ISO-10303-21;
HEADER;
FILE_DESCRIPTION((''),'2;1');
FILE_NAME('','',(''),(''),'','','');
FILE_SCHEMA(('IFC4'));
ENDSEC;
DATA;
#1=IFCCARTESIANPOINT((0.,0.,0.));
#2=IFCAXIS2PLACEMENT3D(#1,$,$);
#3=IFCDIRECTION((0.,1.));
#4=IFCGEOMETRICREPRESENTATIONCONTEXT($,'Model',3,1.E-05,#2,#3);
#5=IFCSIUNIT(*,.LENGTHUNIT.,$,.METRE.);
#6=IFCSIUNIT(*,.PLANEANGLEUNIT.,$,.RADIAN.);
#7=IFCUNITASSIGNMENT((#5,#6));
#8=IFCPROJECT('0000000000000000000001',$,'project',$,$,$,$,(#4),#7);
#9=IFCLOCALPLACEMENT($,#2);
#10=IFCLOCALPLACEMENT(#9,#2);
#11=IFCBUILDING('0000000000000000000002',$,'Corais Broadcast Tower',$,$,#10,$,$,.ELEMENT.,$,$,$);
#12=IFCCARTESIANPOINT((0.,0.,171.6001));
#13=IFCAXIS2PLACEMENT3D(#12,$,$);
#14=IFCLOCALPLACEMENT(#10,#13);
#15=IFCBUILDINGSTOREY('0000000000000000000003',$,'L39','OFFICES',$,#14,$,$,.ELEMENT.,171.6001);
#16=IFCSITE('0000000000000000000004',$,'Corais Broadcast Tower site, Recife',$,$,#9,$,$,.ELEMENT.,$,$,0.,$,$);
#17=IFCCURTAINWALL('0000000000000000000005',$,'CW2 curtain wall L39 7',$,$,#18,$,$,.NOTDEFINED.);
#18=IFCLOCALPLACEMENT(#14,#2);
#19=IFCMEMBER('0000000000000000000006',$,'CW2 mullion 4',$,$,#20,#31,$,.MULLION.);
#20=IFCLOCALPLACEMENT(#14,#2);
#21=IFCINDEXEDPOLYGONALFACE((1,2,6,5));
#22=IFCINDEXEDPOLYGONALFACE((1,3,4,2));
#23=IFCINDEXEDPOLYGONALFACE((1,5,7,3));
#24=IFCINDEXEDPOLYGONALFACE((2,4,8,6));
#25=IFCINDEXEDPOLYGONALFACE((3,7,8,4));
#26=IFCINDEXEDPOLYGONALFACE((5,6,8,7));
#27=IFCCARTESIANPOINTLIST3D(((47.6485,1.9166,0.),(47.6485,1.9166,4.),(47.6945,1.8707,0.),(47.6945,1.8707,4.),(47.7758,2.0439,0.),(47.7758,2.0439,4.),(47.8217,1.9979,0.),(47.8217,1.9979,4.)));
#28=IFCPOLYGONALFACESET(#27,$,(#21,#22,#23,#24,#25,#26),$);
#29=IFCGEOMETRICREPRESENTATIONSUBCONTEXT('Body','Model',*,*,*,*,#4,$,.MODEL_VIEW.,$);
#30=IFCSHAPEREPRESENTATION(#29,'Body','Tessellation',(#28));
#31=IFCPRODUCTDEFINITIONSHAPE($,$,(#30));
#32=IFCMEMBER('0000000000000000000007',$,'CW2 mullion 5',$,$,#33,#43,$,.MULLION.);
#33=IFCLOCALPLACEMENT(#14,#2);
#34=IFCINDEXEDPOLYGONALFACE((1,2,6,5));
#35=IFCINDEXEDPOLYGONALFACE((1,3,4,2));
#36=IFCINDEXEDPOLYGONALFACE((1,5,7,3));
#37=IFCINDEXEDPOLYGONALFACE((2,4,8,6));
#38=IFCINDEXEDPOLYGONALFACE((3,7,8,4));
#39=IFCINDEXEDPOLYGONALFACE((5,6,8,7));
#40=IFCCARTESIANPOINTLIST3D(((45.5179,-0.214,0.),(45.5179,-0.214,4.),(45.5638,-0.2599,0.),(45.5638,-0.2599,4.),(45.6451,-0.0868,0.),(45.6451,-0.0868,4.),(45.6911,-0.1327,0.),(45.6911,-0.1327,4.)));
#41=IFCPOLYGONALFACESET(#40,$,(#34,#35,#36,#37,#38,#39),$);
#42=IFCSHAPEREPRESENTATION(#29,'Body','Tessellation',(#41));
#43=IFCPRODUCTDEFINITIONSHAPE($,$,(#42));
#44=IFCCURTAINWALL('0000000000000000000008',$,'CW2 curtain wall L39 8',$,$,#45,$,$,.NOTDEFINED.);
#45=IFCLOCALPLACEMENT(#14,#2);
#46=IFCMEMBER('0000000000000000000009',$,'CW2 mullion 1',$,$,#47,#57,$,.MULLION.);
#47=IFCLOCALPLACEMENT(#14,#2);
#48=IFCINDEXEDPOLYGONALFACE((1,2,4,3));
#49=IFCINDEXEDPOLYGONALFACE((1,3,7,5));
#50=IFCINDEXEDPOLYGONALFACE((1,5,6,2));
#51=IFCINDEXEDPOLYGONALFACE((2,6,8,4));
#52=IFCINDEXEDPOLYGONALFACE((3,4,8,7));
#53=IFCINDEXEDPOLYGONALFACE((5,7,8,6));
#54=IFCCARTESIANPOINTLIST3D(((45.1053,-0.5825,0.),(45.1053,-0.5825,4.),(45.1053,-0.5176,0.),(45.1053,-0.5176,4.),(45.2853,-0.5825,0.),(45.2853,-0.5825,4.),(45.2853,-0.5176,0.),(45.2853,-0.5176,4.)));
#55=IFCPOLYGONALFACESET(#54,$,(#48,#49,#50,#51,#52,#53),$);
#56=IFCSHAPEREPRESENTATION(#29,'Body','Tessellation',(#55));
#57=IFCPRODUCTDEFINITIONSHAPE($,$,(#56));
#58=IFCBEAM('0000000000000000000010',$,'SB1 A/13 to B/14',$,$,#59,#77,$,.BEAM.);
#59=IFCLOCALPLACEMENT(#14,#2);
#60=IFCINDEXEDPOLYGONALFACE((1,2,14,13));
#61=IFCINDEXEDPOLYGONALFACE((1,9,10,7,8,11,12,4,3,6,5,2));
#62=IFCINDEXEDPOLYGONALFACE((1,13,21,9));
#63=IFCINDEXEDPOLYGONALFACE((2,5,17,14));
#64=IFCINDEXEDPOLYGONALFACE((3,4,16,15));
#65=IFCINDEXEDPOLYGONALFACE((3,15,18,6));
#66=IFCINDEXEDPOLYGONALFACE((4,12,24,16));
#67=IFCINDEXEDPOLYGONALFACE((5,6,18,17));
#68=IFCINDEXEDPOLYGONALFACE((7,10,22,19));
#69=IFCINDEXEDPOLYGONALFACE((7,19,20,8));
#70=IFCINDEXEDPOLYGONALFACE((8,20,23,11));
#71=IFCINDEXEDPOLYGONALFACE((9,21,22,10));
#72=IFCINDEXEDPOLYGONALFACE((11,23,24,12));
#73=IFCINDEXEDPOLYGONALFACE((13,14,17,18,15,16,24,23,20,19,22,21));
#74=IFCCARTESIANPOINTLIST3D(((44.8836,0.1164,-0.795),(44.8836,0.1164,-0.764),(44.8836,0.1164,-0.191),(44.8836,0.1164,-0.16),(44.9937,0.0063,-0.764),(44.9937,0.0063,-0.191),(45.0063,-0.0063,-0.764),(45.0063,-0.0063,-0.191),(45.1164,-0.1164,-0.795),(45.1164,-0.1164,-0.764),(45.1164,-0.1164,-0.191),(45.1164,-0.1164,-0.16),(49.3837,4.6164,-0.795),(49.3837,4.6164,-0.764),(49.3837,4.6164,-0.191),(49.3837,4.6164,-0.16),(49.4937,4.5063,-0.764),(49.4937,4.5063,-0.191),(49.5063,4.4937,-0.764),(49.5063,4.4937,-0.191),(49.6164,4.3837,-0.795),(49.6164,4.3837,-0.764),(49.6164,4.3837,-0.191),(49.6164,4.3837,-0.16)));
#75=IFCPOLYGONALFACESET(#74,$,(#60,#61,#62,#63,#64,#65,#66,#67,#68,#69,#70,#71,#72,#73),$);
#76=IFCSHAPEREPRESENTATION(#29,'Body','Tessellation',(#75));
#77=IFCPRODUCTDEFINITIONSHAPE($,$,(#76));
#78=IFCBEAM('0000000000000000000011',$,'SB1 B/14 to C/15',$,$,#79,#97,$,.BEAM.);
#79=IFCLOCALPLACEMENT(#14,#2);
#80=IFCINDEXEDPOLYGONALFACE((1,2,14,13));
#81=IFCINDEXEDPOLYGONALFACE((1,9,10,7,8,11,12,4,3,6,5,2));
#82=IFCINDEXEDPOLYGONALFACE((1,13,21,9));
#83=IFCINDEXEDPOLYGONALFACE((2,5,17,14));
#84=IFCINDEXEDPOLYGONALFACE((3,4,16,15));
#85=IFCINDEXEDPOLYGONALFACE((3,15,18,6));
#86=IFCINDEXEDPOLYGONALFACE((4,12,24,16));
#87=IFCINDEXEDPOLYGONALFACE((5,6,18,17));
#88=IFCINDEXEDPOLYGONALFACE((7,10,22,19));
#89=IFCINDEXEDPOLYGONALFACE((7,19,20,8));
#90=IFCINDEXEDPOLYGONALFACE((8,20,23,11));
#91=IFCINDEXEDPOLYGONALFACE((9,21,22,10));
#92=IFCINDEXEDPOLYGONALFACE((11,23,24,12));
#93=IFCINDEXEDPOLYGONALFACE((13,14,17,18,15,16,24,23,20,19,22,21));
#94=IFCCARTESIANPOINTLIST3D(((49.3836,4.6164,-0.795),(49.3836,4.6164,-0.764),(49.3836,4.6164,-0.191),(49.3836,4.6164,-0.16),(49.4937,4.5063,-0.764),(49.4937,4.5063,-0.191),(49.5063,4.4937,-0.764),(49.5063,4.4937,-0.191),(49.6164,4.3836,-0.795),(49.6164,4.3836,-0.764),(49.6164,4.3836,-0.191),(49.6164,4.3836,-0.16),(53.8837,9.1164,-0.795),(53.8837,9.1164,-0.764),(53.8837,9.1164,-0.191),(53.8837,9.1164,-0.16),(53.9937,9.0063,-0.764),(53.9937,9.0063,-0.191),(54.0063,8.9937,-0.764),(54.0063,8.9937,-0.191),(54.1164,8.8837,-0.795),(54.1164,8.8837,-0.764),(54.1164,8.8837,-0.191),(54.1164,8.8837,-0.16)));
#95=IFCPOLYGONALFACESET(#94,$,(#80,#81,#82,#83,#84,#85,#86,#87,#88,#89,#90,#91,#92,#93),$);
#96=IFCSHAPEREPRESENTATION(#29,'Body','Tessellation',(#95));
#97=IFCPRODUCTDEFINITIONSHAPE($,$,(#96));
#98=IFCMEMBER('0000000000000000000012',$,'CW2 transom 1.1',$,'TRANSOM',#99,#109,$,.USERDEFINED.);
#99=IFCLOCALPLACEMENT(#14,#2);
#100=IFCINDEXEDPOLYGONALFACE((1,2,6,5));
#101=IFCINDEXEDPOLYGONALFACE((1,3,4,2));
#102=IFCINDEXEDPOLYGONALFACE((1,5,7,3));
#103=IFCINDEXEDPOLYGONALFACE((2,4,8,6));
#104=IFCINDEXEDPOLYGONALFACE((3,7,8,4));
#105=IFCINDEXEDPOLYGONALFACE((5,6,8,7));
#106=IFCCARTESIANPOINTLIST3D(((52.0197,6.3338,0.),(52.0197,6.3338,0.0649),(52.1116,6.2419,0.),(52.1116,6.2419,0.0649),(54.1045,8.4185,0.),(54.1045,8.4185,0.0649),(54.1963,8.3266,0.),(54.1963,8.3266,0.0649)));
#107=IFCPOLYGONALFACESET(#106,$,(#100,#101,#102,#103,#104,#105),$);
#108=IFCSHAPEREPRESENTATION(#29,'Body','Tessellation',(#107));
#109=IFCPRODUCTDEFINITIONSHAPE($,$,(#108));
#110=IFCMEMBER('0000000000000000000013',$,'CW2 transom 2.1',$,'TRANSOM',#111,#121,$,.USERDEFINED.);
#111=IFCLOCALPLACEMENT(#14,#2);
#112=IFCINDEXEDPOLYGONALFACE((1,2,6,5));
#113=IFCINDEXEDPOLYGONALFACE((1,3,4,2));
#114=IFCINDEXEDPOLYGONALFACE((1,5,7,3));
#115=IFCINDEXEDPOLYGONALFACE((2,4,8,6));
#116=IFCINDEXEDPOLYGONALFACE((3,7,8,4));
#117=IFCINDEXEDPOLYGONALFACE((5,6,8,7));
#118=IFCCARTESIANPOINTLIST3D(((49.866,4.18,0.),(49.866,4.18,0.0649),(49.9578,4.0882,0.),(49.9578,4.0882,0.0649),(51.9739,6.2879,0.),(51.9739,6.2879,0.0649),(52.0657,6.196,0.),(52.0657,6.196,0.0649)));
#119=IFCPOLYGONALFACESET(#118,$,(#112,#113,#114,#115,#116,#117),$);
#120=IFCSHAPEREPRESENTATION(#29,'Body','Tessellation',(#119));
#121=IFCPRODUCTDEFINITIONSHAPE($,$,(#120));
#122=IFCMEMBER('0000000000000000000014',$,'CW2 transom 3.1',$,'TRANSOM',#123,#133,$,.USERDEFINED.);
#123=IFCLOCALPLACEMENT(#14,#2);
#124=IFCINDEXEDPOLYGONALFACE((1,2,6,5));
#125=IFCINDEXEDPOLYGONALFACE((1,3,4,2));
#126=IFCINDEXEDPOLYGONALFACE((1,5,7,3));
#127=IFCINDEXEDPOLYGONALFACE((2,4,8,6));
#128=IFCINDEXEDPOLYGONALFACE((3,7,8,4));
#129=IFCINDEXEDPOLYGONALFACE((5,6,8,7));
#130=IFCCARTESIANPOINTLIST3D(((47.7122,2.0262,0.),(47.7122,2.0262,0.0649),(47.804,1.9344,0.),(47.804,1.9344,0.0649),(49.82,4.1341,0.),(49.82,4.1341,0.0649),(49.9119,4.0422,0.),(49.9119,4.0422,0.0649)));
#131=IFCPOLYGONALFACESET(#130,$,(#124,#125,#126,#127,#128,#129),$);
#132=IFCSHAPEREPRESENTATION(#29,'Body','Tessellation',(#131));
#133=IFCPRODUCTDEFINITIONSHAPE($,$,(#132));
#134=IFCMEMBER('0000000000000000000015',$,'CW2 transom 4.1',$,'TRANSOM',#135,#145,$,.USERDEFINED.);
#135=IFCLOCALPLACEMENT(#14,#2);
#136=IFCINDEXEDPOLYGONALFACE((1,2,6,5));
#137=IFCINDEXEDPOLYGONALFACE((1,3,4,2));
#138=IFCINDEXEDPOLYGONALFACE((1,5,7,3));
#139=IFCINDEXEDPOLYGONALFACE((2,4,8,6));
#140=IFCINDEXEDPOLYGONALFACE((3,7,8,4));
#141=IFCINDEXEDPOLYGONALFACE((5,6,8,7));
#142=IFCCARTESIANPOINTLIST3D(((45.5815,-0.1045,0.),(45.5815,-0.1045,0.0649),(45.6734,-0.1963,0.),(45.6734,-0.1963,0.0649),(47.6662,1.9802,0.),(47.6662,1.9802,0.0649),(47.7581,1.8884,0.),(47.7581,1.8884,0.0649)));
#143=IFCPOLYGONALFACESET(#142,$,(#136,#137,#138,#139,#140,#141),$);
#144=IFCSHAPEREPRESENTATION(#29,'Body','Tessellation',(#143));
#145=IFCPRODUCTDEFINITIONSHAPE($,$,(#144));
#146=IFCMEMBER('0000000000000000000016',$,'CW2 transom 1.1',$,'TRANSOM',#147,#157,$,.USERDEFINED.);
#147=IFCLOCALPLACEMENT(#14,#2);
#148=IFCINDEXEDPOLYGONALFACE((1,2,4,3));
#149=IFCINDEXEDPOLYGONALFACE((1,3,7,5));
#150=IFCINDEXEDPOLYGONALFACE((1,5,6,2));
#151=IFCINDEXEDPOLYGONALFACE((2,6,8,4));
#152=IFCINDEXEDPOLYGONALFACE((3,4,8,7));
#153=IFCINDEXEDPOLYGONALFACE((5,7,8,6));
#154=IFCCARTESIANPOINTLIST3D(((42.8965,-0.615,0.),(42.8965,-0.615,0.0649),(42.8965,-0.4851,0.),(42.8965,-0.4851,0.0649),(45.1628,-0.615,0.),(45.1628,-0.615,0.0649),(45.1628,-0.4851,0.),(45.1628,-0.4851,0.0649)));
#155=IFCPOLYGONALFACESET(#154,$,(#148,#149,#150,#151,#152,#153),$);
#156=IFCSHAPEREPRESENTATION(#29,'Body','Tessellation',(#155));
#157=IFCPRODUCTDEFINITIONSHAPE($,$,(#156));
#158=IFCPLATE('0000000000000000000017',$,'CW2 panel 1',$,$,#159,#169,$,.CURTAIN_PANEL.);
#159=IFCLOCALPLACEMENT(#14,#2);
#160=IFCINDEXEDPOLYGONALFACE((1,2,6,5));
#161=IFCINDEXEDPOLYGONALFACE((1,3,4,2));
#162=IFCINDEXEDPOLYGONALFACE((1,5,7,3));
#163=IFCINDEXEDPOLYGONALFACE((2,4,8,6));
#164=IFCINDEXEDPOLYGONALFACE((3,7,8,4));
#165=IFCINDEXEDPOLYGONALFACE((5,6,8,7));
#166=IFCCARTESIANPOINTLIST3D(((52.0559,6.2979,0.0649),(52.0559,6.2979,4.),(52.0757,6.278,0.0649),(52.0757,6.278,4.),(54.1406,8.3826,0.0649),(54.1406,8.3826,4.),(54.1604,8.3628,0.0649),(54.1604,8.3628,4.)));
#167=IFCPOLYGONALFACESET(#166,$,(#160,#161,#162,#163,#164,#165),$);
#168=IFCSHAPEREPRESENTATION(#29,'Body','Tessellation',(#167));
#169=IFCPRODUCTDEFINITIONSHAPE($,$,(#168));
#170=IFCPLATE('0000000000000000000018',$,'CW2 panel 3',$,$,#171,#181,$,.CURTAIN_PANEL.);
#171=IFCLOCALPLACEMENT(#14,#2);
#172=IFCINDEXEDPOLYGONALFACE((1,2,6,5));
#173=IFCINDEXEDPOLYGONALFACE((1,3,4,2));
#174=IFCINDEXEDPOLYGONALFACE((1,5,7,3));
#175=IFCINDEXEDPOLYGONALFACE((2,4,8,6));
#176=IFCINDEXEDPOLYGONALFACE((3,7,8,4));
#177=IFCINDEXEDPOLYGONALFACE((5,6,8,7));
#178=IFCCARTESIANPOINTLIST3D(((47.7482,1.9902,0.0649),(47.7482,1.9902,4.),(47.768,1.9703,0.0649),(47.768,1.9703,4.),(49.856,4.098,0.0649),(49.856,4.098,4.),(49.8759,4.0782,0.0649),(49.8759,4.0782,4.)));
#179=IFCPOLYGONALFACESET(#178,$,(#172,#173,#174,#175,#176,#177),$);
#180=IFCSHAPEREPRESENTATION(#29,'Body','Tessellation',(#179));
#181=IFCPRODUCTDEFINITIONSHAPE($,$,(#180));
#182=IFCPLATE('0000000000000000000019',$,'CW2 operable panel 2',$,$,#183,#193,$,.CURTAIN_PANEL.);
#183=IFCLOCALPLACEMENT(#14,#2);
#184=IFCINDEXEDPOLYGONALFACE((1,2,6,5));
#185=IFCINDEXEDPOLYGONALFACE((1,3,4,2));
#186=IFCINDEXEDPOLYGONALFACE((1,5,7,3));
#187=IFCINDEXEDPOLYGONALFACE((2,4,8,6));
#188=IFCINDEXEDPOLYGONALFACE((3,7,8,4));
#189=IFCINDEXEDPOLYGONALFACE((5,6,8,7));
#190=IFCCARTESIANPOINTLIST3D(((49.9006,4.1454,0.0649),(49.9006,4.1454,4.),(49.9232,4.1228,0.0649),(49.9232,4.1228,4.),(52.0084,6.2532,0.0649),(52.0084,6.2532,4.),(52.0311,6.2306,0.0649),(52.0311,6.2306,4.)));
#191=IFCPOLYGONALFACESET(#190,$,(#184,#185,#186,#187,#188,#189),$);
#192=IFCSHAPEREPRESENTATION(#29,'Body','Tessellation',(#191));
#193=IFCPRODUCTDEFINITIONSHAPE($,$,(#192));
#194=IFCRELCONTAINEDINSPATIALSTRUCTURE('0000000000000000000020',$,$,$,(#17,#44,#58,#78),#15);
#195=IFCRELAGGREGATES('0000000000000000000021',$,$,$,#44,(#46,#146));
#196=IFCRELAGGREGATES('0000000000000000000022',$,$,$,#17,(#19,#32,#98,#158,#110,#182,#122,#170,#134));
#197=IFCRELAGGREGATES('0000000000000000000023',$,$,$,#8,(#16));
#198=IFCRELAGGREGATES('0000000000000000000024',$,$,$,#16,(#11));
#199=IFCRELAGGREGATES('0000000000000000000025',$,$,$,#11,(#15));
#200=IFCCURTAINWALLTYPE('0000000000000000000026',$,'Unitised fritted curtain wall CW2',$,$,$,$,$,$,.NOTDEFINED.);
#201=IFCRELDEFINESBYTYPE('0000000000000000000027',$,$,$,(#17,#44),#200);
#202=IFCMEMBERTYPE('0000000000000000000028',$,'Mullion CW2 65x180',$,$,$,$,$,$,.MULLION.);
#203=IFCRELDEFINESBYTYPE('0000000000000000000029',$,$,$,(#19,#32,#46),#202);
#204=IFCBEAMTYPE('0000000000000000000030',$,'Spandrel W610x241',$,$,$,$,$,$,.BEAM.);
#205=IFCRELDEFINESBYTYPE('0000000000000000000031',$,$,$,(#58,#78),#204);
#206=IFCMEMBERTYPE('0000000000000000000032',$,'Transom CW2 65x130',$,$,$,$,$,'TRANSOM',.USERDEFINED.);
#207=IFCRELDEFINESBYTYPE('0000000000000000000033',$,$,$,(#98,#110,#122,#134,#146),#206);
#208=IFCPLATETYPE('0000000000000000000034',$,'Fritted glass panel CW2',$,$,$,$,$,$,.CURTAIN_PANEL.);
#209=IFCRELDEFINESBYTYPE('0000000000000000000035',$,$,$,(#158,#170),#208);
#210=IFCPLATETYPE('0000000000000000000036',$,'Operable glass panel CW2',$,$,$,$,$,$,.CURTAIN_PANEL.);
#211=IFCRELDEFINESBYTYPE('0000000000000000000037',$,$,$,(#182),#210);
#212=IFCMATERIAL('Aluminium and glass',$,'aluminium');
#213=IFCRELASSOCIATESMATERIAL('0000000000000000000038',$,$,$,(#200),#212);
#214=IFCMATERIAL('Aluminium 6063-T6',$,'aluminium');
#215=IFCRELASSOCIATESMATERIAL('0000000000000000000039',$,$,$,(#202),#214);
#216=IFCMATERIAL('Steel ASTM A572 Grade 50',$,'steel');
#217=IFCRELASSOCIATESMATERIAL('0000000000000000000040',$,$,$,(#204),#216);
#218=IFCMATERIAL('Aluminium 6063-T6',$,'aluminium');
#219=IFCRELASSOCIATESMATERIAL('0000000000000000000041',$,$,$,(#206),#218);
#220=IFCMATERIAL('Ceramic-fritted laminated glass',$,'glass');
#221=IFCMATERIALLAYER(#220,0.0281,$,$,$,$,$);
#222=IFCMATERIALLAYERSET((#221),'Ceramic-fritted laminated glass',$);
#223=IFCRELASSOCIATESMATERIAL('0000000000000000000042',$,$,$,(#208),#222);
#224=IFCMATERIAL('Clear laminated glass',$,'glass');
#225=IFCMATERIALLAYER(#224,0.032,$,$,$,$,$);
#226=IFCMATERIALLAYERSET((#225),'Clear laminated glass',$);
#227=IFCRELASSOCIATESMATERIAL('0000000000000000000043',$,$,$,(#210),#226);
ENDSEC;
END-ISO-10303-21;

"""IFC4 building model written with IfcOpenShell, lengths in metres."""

from ifc_helpers import new_model, si_unit, direction, frame, origin, origin_2d, place, context, subcontext, project, spatial, rectangle, i_section, extrude, material, layer, layer_set, material_profile, profile_set, type_object, element, aggregate, save


model = new_model("IFC4")

# Units and contexts
model_context = context("Model", 3, precision=1e-05, world=origin(), true_north=direction((0.0, 1.0)))
body_context = subcontext(model_context, "Body", "Model", "MODEL_VIEW")
ifc_project = project(units=[si_unit("LENGTHUNIT", "METRE"), si_unit("PLANEANGLEUNIT", "RADIAN")], contexts=[model_context])

# Site, building, storey
site_placement = place(None, origin())
site = spatial("IfcSite", under=ifc_project, at=site_placement, Name="Corais Broadcast Tower site, Recife", CompositionType="ELEMENT", RefElevation=0.0)
building_placement = place(site_placement, origin())
building = spatial("IfcBuilding", under=site, at=building_placement, Name="Corais Broadcast Tower", CompositionType="ELEMENT")
storey_placement = place(building_placement, frame((0.0, 0.0, 171.6001)))
storey = spatial("IfcBuildingStorey", under=building, at=storey_placement, Name="L39", Description="OFFICES", CompositionType="ELEMENT", Elevation=171.6001)

# Shared definitions
ifc_material_1 = material(Name="Aluminium and glass", Category="aluminium")
curtain_wall_type = type_object("IfcCurtainWallType", Name="Unitised fritted curtain wall CW2", PredefinedType="NOTDEFINED", material=ifc_material_1)
ifc_material_2 = material(Name="Aluminium 6063-T6", Category="aluminium")
ifc_material_profile_1 = material_profile(ifc_material_2, rectangle(XDim=0.0649, YDim=0.1799, at=origin_2d()), Name="Mullion CW2 65x180")
ifc_profile_set_1 = profile_set([ifc_material_profile_1], Name="Aluminium 6063-T6")
member_type_1 = type_object("IfcMemberType", Name="Mullion CW2 65x180", PredefinedType="MULLION", material=ifc_profile_set_1)

# Curtain wall, members
curtain_wall_1_placement = place(storey_placement, origin())
curtain_wall_1 = element("IfcCurtainWall", 1, at=curtain_wall_1_placement, inside=storey, type_object=curtain_wall_type, Name="CW2 curtain wall L39 7", PredefinedType="NOTDEFINED")
member_1_placement = place(storey_placement, frame((47.7351, 1.9573, 0.0), z_axis=(0.0, 0.0, 1.0), x_axis=(0.707107, -0.707107, 0.0)))
member_1 = element("IfcMember", 2, at=member_1_placement, type_object=member_type_1, Name="CW2 mullion 4", PredefinedType="MULLION", context=body_context, shape_type="SweptSolid", body=[
    extrude(rectangle(XDim=0.0649, YDim=0.1799, at=origin_2d()), origin(), (0.0, 0.0, 1.0), 4.0),
])
member_2_placement = place(storey_placement, frame((45.6045, -0.1733, 0.0), z_axis=(0.0, 0.0, 1.0), x_axis=(0.707107, -0.707107, 0.0)))
member_2 = element("IfcMember", 3, at=member_2_placement, type_object=member_type_1, Name="CW2 mullion 5", PredefinedType="MULLION", context=body_context, shape_type="SweptSolid", body=[
    extrude(rectangle(XDim=0.0649, YDim=0.1799, at=origin_2d()), origin(), (0.0, 0.0, 1.0), 4.0),
])

# Curtain wall, member
curtain_wall_2_placement = place(storey_placement, origin())
curtain_wall_2 = element("IfcCurtainWall", 4, at=curtain_wall_2_placement, inside=storey, type_object=curtain_wall_type, Name="CW2 curtain wall L39 8", PredefinedType="NOTDEFINED")
member_3_placement = place(storey_placement, frame((45.1953, -0.55, 0.0), z_axis=(0.0, 0.0, 1.0), x_axis=(0.0, -1.0, 0.0)))
member_3 = element("IfcMember", 5, at=member_3_placement, type_object=member_type_1, Name="CW2 mullion 1", PredefinedType="MULLION", context=body_context, shape_type="SweptSolid", body=[
    extrude(rectangle(XDim=0.0649, YDim=0.1799, at=origin_2d()), origin(), (0.0, 0.0, 1.0), 4.0),
])

# Beams
ifc_material_3 = material(Name="Steel ASTM A572 Grade 50", Category="steel")
ifc_material_profile_2 = material_profile(ifc_material_3, i_section(OverallWidth=0.3291, OverallDepth=0.635, WebThickness=0.0178, FlangeThickness=0.031, at=origin_2d()), Name="W610x241")
ifc_profile_set_2 = profile_set([ifc_material_profile_2], Name="Steel ASTM A572 Grade 50")
beam_type_1 = type_object("IfcBeamType", Name="Spandrel W610x241", PredefinedType="BEAM", material=ifc_profile_set_2)
for number, where, z_axis, x_axis, name in (
    (6, (45.0, 0.0, -0.4775), (0.707107, 0.707107, 0.0), (-0.707107, 0.707107, 0.0), "SB1 A/13 to B/14"),
    (7, (49.5, 4.5, -0.4775), (0.707107, 0.707107, 0.0), (-0.707107, 0.707107, 0.0), "SB1 B/14 to C/15"),
):
    element("IfcBeam", number, at=place(storey_placement, frame(where, z_axis=z_axis, x_axis=x_axis)), inside=storey, type_object=beam_type_1, Name=name, PredefinedType="BEAM", context=body_context, shape_type="SweptSolid", body=[
        extrude(i_section(OverallWidth=0.3291, OverallDepth=0.635, WebThickness=0.0178, FlangeThickness=0.031, at=origin_2d()), origin(), (0.0, 0.0, 1.0), 6.364),
    ])

# Members
ifc_material_4 = material(Name="Aluminium 6063-T6", Category="aluminium")
ifc_material_profile_3 = material_profile(ifc_material_4, rectangle(XDim=0.1299, YDim=0.0649, at=origin_2d()), Name="Transom CW2 65x130")
ifc_profile_set_3 = profile_set([ifc_material_profile_3], Name="Aluminium 6063-T6")
member_type_2 = type_object("IfcMemberType", Name="Transom CW2 65x130", ElementType="TRANSOM", PredefinedType="USERDEFINED", material=ifc_profile_set_3)
member_4_placement = place(storey_placement, frame((54.1504, 8.3726, 0.0325), z_axis=(-0.707107, -0.707107, 0.0), x_axis=(0.707107, -0.707107, 0.0)))
member_4 = element("IfcMember", 8, at=member_4_placement, type_object=member_type_2, Name="CW2 transom 1.1", ObjectType="TRANSOM", PredefinedType="USERDEFINED", context=body_context, shape_type="SweptSolid", body=[
    extrude(rectangle(XDim=0.1299, YDim=0.0649, at=origin_2d()), origin(), (0.0, 0.0, 1.0), 2.9482),
])
member_5_placement = place(storey_placement, frame((52.0198, 6.2419, 0.0325), z_axis=(-0.707107, -0.707107, 0.0), x_axis=(0.707107, -0.707107, 0.0)))
member_5 = element("IfcMember", 9, at=member_5_placement, type_object=member_type_2, Name="CW2 transom 2.1", ObjectType="TRANSOM", PredefinedType="USERDEFINED", context=body_context, shape_type="SweptSolid", body=[
    extrude(rectangle(XDim=0.1299, YDim=0.0649, at=origin_2d()), origin(), (0.0, 0.0, 1.0), 2.981),
])
member_6_placement = place(storey_placement, frame((49.866, 4.0881, 0.0325), z_axis=(-0.707107, -0.707107, 0.0), x_axis=(0.707107, -0.707107, 0.0)))
member_6 = element("IfcMember", 10, at=member_6_placement, type_object=member_type_2, Name="CW2 transom 3.1", ObjectType="TRANSOM", PredefinedType="USERDEFINED", context=body_context, shape_type="SweptSolid", body=[
    extrude(rectangle(XDim=0.1299, YDim=0.0649, at=origin_2d()), origin(), (0.0, 0.0, 1.0), 2.981),
])
member_7_placement = place(storey_placement, frame((47.7122, 1.9343, 0.0325), z_axis=(-0.707107, -0.707107, 0.0), x_axis=(0.707107, -0.707107, 0.0)))
member_7 = element("IfcMember", 11, at=member_7_placement, type_object=member_type_2, Name="CW2 transom 4.1", ObjectType="TRANSOM", PredefinedType="USERDEFINED", context=body_context, shape_type="SweptSolid", body=[
    extrude(rectangle(XDim=0.1299, YDim=0.0649, at=origin_2d()), origin(), (0.0, 0.0, 1.0), 2.9482),
])
member_8_placement = place(storey_placement, frame((45.1628, -0.55, 0.0325), z_axis=(-1.0, 0.0, 0.0), x_axis=(0.0, -1.0, 0.0)))
member_8 = element("IfcMember", 12, at=member_8_placement, type_object=member_type_2, Name="CW2 transom 1.1", ObjectType="TRANSOM", PredefinedType="USERDEFINED", context=body_context, shape_type="SweptSolid", body=[
    extrude(rectangle(XDim=0.1299, YDim=0.0649, at=origin_2d()), origin(), (0.0, 0.0, 1.0), 2.2664),
])
aggregate(curtain_wall_2, [member_3, member_8])

# Plates
ifc_material_5 = material(Name="Ceramic-fritted laminated glass", Category="glass")
ifc_layer_1 = layer(ifc_material_5, 0.0281)
ifc_layer_set_1 = layer_set([ifc_layer_1], Name="Ceramic-fritted laminated glass")
plate_type_1 = type_object("IfcPlateType", Name="Fritted glass panel CW2", PredefinedType="CURTAIN_PANEL", material=ifc_layer_set_1)
plate_1_placement = place(storey_placement, frame((53.1082, 7.3303, 0.0649), z_axis=(0.0, 0.0, 1.0), x_axis=(-0.707107, -0.707107, 0.0)))
plate_1 = element("IfcPlate", 13, at=plate_1_placement, type_object=plate_type_1, Name="CW2 panel 1", PredefinedType="CURTAIN_PANEL", context=body_context, shape_type="SweptSolid", body=[
    extrude(rectangle(XDim=2.9482, YDim=0.0281, at=origin_2d()), origin(), (0.0, 0.0, 1.0), 3.9351),
])
plate_2_placement = place(storey_placement, frame((48.812, 3.0342, 0.0649), z_axis=(0.0, 0.0, 1.0), x_axis=(-0.707107, -0.707107, 0.0)))
plate_2 = element("IfcPlate", 14, at=plate_2_placement, type_object=plate_type_1, Name="CW2 panel 3", PredefinedType="CURTAIN_PANEL", context=body_context, shape_type="SweptSolid", body=[
    extrude(rectangle(XDim=2.981, YDim=0.0281, at=origin_2d()), origin(), (0.0, 0.0, 1.0), 3.9351),
])
ifc_material_6 = material(Name="Clear laminated glass", Category="glass")
ifc_layer_2 = layer(ifc_material_6, 0.032)
ifc_layer_set_2 = layer_set([ifc_layer_2], Name="Clear laminated glass")
plate_type_2 = type_object("IfcPlateType", Name="Operable glass panel CW2", PredefinedType="CURTAIN_PANEL", material=ifc_layer_set_2)
plate_3_placement = place(storey_placement, frame((50.9658, 5.188, 0.0649), z_axis=(0.0, 0.0, 1.0), x_axis=(-0.707107, -0.707107, 0.0)))
plate_3 = element("IfcPlate", 15, at=plate_3_placement, type_object=plate_type_2, Name="CW2 operable panel 2", PredefinedType="CURTAIN_PANEL", context=body_context, shape_type="SweptSolid", body=[
    extrude(rectangle(XDim=2.981, YDim=0.032, at=origin_2d()), origin(), (0.0, 0.0, 1.0), 3.9351),
])
aggregate(curtain_wall_1, [member_1, member_2, member_4, plate_1, member_5, plate_3, member_6, plate_2, member_7])

save(model, "model.ifc")
